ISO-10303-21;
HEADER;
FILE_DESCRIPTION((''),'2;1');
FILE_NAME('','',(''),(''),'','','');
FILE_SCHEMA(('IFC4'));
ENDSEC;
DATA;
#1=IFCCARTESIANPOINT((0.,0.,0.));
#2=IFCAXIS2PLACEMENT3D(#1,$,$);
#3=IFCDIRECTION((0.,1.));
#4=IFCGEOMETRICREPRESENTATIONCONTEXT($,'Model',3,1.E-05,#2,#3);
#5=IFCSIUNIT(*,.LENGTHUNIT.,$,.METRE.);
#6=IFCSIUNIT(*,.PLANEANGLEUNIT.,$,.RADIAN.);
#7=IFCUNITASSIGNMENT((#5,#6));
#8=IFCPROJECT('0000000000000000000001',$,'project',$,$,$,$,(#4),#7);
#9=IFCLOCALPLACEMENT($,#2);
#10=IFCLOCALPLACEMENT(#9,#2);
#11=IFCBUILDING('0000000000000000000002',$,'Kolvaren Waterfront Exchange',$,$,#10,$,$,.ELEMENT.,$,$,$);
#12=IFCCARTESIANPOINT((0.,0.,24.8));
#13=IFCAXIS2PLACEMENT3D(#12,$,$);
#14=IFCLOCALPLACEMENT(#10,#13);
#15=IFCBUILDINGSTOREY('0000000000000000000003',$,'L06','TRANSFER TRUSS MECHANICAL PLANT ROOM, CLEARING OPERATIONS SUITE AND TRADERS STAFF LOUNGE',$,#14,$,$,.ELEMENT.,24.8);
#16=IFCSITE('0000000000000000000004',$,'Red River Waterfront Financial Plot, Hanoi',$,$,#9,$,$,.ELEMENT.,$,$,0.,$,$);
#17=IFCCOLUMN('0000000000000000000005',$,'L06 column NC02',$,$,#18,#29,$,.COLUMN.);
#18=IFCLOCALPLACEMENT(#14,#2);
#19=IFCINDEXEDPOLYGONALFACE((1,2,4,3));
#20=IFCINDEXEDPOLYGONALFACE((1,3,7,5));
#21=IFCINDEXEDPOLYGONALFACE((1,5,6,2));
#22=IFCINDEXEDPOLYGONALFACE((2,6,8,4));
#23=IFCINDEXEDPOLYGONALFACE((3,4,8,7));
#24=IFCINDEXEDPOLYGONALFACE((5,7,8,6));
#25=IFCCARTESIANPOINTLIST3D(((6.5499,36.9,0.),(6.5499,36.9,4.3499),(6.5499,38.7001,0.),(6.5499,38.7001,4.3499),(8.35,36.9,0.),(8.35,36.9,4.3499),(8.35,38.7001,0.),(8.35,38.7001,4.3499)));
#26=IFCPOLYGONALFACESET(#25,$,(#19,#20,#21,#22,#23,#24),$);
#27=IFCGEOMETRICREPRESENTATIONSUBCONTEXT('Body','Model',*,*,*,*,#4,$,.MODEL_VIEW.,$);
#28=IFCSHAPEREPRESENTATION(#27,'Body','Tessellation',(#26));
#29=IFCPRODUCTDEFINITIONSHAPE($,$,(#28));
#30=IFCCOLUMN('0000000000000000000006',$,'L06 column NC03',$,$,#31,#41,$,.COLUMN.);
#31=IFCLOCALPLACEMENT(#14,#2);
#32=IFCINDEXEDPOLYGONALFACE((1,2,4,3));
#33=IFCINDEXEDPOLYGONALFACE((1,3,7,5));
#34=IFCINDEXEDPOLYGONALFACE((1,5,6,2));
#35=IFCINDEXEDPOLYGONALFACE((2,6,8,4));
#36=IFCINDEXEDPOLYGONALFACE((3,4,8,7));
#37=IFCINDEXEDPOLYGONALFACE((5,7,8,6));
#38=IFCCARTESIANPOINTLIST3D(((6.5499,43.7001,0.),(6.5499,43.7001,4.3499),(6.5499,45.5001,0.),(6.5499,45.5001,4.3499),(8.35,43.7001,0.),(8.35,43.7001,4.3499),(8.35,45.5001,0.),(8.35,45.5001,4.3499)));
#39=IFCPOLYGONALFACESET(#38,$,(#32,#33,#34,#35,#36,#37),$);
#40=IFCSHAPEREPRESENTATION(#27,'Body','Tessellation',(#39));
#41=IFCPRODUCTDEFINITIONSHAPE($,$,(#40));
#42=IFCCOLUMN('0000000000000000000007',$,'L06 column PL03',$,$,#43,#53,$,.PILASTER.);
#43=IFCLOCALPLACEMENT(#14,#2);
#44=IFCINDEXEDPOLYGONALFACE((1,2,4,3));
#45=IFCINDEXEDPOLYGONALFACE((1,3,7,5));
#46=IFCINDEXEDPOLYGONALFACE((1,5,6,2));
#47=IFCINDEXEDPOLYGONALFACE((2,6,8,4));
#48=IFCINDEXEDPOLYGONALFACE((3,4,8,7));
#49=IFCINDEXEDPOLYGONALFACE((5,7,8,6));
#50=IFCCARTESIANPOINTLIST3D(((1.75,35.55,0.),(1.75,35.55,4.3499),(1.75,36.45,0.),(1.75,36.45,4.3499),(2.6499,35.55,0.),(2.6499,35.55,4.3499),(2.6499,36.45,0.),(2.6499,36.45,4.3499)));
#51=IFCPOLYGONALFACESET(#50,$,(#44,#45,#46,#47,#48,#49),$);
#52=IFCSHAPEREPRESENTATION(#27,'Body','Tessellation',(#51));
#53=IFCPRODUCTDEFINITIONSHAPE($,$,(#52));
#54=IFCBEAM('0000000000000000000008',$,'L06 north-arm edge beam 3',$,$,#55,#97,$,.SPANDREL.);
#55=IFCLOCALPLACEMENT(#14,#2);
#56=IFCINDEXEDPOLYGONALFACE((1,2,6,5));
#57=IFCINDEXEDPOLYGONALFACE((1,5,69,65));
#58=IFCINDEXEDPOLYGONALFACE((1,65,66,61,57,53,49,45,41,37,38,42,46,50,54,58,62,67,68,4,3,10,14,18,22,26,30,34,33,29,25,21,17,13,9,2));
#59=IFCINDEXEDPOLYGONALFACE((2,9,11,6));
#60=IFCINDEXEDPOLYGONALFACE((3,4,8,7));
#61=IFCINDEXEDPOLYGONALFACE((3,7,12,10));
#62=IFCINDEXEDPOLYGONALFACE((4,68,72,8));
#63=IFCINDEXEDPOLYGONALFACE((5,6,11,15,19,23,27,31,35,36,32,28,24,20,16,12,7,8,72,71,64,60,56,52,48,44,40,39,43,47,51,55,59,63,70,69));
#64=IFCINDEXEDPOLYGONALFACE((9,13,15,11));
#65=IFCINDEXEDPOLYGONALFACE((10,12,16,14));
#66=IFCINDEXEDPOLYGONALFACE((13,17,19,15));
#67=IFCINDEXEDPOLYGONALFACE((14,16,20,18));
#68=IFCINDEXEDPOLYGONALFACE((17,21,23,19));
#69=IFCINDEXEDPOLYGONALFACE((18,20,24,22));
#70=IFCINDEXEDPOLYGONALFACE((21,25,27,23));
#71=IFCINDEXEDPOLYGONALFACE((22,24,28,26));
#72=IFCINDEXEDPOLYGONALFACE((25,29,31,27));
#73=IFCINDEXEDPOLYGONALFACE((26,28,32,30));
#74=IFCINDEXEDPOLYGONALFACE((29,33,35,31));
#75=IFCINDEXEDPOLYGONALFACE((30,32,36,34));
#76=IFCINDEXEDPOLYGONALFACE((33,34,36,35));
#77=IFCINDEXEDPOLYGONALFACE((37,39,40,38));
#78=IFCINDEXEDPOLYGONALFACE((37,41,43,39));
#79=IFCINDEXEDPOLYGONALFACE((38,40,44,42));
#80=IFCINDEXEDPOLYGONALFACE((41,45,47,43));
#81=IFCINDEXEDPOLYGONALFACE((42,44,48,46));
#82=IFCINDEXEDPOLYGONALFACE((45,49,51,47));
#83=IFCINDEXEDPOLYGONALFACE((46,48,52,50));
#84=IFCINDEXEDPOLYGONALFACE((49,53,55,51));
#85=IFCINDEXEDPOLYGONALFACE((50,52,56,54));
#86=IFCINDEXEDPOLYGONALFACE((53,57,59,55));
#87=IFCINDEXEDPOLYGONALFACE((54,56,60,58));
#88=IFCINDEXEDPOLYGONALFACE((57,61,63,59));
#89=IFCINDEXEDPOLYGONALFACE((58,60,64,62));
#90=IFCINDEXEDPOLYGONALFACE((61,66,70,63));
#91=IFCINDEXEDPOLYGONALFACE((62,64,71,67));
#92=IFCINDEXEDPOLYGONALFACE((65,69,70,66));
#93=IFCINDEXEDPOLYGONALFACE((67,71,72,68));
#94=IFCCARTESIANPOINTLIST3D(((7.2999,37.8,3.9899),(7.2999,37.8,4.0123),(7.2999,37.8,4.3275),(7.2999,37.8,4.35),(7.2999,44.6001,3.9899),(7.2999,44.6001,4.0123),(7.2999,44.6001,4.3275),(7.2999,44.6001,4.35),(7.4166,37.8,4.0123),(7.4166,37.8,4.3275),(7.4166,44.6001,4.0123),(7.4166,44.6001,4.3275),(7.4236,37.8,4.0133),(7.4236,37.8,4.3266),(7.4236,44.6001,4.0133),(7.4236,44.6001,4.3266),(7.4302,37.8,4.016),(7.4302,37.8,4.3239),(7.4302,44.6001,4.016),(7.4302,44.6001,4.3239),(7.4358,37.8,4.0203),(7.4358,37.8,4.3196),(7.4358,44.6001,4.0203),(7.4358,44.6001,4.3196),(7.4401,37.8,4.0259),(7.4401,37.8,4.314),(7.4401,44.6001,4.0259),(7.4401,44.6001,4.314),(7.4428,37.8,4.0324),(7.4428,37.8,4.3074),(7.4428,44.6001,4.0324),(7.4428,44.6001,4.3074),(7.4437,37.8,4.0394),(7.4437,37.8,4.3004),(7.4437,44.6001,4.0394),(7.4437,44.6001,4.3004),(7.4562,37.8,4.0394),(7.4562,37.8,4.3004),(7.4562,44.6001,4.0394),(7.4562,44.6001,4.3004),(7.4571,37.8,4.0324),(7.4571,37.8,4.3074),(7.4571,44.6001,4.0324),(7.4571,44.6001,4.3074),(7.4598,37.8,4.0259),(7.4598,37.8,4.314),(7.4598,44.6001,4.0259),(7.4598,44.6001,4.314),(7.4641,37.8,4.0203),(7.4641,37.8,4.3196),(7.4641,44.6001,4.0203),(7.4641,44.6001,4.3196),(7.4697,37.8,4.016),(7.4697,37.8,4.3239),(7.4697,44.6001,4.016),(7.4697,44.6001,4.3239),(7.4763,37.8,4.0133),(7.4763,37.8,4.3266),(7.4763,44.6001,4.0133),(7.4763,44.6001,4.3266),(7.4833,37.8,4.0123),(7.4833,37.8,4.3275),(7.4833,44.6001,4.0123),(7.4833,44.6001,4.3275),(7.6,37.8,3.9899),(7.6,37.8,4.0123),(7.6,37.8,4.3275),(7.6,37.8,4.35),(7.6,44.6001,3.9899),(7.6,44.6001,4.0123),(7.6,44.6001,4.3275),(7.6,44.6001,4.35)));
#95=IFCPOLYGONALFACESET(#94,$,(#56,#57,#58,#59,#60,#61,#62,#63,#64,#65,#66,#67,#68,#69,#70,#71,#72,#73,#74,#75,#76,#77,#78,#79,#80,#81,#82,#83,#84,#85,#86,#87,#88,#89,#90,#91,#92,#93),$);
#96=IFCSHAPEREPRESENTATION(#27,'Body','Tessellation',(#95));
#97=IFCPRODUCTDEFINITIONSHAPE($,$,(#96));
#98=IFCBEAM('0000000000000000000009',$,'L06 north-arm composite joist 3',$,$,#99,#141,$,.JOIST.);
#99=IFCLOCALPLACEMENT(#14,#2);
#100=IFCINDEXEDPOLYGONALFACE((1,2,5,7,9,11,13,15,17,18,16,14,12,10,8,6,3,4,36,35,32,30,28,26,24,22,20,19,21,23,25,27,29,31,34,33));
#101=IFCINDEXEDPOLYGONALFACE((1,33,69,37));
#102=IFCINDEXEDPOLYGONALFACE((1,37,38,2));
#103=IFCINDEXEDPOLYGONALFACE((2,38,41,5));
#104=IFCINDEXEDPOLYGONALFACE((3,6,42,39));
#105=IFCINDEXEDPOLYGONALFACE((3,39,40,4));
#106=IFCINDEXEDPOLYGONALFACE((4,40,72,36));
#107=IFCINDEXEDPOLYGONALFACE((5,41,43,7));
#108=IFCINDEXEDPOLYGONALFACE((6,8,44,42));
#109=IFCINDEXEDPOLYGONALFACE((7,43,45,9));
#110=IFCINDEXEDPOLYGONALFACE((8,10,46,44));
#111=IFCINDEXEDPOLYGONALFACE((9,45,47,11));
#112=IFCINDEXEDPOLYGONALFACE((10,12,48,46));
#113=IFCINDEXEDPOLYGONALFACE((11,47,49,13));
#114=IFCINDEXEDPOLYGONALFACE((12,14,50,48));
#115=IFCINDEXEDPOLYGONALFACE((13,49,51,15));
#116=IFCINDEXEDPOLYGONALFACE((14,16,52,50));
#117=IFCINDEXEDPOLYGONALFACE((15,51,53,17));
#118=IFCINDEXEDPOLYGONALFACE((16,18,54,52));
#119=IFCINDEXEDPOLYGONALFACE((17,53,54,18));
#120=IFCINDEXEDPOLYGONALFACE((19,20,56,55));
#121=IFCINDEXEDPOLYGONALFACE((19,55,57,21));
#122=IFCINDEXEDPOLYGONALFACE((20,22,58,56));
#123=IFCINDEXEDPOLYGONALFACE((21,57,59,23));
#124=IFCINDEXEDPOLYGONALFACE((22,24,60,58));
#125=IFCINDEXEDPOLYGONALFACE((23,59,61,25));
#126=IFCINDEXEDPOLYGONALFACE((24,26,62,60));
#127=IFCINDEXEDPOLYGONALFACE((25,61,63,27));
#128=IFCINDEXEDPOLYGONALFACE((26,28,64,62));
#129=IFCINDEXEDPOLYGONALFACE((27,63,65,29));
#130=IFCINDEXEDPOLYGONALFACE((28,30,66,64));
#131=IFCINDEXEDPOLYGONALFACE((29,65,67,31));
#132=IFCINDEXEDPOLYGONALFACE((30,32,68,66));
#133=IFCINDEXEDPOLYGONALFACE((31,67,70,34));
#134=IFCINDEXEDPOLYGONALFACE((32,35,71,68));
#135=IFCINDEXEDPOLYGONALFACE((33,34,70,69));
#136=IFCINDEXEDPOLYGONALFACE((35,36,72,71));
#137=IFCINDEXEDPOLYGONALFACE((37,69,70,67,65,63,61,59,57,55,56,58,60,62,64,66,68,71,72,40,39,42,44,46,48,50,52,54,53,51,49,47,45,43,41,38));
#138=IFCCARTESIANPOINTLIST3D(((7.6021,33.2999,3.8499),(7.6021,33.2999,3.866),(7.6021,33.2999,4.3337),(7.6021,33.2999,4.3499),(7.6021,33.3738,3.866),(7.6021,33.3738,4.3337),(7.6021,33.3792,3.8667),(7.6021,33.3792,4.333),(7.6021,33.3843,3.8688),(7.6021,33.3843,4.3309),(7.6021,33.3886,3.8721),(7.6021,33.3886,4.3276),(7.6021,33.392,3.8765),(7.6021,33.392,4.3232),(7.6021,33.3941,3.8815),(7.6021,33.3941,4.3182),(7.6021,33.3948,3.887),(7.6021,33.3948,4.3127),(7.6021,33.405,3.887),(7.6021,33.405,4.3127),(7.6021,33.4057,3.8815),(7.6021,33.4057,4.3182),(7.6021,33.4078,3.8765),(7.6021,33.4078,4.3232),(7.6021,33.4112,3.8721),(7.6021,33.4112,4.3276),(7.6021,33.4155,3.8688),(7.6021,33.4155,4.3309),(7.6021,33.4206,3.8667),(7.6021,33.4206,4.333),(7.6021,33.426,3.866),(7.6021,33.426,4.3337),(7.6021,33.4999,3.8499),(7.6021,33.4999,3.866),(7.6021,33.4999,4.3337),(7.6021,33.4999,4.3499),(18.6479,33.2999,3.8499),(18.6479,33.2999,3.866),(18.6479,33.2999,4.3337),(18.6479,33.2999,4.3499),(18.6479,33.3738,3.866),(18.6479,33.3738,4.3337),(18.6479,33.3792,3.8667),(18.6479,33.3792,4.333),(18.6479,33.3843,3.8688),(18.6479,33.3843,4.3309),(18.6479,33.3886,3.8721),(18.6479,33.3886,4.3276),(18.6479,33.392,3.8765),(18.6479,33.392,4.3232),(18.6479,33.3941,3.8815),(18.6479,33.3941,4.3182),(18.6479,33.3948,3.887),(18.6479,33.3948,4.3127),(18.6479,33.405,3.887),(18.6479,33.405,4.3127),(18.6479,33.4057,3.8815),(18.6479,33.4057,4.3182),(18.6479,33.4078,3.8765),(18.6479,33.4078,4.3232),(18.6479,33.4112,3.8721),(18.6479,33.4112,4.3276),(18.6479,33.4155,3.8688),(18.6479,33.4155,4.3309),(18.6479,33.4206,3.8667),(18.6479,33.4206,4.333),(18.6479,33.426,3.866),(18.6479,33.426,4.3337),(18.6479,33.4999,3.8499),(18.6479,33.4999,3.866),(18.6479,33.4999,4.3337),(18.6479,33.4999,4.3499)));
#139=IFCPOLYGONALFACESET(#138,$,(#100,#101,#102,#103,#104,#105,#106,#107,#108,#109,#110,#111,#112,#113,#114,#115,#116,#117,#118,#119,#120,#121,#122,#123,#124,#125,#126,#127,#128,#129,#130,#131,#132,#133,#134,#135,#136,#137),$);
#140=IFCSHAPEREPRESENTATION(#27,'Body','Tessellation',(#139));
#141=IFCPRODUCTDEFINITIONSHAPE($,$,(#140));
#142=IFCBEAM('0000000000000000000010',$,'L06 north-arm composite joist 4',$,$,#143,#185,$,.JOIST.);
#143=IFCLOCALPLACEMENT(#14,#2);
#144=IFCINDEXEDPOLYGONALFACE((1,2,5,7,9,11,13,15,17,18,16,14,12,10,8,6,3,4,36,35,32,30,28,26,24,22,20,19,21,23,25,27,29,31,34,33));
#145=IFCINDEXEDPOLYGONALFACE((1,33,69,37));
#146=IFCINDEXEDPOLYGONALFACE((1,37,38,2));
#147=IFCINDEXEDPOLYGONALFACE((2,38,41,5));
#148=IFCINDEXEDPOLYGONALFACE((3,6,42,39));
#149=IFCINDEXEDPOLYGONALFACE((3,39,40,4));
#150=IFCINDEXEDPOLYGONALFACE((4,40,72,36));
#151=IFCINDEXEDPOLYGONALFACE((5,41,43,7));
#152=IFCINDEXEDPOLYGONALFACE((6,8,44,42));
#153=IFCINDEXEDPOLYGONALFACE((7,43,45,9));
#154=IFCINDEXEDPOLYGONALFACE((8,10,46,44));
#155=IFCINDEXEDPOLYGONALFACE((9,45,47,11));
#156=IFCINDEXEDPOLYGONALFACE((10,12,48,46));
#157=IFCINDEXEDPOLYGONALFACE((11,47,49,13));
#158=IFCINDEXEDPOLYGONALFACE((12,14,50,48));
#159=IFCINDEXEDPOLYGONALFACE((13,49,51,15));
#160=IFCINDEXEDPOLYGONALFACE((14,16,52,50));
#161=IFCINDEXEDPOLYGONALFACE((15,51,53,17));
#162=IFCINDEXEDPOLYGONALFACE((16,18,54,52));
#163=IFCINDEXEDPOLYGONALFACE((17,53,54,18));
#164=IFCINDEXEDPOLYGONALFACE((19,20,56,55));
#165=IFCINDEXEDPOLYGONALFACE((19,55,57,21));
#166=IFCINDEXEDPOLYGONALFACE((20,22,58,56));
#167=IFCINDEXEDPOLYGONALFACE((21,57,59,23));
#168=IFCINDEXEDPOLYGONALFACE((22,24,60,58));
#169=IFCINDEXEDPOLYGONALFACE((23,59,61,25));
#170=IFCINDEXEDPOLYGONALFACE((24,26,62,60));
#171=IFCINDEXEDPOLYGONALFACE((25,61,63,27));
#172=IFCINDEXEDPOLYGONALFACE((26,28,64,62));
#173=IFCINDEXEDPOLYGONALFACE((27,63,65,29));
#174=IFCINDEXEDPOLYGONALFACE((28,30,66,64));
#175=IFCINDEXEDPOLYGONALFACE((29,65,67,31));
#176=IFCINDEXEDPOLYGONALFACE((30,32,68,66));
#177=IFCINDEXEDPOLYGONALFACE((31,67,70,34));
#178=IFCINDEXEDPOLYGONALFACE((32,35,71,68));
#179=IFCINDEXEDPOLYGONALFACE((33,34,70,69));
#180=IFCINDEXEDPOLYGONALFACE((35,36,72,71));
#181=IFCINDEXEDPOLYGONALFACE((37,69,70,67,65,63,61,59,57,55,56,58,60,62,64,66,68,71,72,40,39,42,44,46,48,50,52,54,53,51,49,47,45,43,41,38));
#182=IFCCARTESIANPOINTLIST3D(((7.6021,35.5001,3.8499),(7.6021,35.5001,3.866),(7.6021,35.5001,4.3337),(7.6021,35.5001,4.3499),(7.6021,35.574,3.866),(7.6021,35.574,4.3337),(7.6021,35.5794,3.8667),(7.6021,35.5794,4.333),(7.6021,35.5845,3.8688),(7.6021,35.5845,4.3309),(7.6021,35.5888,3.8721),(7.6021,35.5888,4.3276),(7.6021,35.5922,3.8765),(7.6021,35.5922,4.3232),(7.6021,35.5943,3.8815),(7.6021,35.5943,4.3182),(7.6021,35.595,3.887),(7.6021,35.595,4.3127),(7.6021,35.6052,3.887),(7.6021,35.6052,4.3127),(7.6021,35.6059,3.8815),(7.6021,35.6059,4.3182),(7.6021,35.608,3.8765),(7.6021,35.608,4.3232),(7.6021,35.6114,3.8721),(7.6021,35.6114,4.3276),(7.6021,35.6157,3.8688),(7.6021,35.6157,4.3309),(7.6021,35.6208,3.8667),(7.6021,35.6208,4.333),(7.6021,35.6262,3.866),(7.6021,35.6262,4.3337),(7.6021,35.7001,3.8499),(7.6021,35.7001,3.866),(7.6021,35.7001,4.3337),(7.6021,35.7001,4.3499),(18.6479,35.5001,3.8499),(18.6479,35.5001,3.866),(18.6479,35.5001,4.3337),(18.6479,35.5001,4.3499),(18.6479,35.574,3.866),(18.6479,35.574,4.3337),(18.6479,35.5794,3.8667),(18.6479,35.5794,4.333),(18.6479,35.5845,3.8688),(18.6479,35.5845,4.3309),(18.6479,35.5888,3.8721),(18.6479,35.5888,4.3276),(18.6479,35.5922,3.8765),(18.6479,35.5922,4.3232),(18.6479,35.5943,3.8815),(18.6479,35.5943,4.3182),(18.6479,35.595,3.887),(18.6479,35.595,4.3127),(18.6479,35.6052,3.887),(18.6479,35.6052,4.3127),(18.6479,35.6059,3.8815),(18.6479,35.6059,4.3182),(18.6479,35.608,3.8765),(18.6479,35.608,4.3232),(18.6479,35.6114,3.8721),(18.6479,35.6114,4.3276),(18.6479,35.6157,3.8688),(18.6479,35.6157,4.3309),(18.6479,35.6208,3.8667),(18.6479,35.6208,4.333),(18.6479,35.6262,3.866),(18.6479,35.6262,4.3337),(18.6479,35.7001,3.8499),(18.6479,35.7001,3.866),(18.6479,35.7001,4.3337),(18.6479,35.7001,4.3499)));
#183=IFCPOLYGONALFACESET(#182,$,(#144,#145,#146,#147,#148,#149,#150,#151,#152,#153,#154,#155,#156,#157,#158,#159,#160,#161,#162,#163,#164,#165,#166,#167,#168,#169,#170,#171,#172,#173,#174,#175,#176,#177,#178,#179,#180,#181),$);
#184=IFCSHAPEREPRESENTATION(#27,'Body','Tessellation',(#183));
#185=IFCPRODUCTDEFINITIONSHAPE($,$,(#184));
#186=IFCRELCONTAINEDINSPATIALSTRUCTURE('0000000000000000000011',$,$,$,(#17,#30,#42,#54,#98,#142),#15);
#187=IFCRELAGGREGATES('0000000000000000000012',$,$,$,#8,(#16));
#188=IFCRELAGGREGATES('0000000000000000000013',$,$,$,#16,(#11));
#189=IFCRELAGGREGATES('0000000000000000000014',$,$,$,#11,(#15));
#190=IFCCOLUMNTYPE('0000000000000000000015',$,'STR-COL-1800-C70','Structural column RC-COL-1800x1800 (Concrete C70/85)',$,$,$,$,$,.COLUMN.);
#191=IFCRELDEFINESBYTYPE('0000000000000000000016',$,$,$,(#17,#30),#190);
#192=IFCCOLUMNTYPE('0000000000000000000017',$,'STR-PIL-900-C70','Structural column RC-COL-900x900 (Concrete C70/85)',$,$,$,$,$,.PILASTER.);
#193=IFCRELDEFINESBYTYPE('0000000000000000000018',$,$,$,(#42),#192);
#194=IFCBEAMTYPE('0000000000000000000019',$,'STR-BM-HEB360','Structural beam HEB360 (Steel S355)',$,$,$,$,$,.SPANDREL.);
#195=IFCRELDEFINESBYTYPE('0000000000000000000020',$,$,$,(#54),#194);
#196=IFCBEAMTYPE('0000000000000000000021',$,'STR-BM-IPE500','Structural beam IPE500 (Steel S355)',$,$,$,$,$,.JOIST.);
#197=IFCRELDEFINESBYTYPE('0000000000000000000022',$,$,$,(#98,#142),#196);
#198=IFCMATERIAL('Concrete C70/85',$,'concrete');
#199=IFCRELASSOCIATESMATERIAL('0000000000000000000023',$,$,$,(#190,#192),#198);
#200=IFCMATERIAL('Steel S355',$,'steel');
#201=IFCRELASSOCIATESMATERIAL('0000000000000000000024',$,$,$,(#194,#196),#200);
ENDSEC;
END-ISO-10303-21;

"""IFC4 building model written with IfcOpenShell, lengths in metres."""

from ifc_helpers import new_model, si_unit, direction, frame, origin, origin_2d, place, context, subcontext, project, spatial, rectangle, i_section, extrude, material, material_profile, profile_set, type_object, element, save


model = new_model("IFC4")

# Units and contexts
model_context = context("Model", 3, precision=1e-05, world=origin(), true_north=direction((0.0, 1.0)))
body_context = subcontext(model_context, "Body", "Model", "MODEL_VIEW")
ifc_project = project(units=[si_unit("LENGTHUNIT", "METRE"), si_unit("PLANEANGLEUNIT", "RADIAN")], contexts=[model_context])

# Site, building, storey
site_placement = place(None, origin())
site = spatial("IfcSite", under=ifc_project, at=site_placement, Name="Red River Waterfront Financial Plot, Hanoi", CompositionType="ELEMENT", RefElevation=0.0)
building_placement = place(site_placement, origin())
building = spatial("IfcBuilding", under=site, at=building_placement, Name="Kolvaren Waterfront Exchange", CompositionType="ELEMENT")
storey_placement = place(building_placement, frame((0.0, 0.0, 24.8)))
storey = spatial("IfcBuildingStorey", under=building, at=storey_placement, Name="L06", Description="TRANSFER TRUSS MECHANICAL PLANT ROOM, CLEARING OPERATIONS SUITE AND TRADERS STAFF LOUNGE", CompositionType="ELEMENT", Elevation=24.8)

# Columns
ifc_material_1 = material(Name="Concrete C70/85", Category="concrete")
ifc_material_profile_1 = material_profile(ifc_material_1, rectangle(XDim=1.8, YDim=1.8, at=origin_2d()), Name="RC-COL-1800x1800")
ifc_profile_set_1 = profile_set([ifc_material_profile_1], Name="Concrete C70/85")
column_type_1 = type_object("IfcColumnType", Name="STR-COL-1800-C70", Description="Structural column RC-COL-1800x1800 (Concrete C70/85)", PredefinedType="COLUMN", material=ifc_profile_set_1)
for number, where, z_axis, x_axis, name in (
    (1, (7.45, 37.8, 0.0), (0.0, 0.0, 1.0), (1.0, 0.0, 0.0), "L06 column NC02"),
    (2, (7.45, 44.6001, 0.0), (0.0, 0.0, 1.0), (1.0, 0.0, 0.0), "L06 column NC03"),
):
    element("IfcColumn", number, at=place(storey_placement, frame(where, z_axis=z_axis, x_axis=x_axis)), inside=storey, type_object=column_type_1, Name=name, PredefinedType="COLUMN", context=body_context, shape_type="SweptSolid", body=[
        extrude(rectangle(XDim=1.8, YDim=1.8, at=origin_2d()), origin(), (0.0, 0.0, 1.0), 4.3499),
    ])
ifc_material_profile_2 = material_profile(ifc_material_1, rectangle(XDim=0.8999, YDim=0.8999, at=origin_2d()), Name="RC-COL-900x900")
ifc_profile_set_2 = profile_set([ifc_material_profile_2], Name="Concrete C70/85")
column_type_2 = type_object("IfcColumnType", Name="STR-PIL-900-C70", Description="Structural column RC-COL-900x900 (Concrete C70/85)", PredefinedType="PILASTER", material=ifc_profile_set_2)
column_placement = place(storey_placement, frame((2.2, 36.0, 0.0), z_axis=(0.0, 0.0, 1.0), x_axis=(1.0, 0.0, 0.0)))
element("IfcColumn", 3, at=column_placement, inside=storey, type_object=column_type_2, Name="L06 column PL03", PredefinedType="PILASTER", context=body_context, shape_type="SweptSolid", body=[
    extrude(rectangle(XDim=0.8999, YDim=0.8999, at=origin_2d()), origin(), (0.0, 0.0, 1.0), 4.3499),
])

# Beams
ifc_material_2 = material(Name="Steel S355", Category="steel")
ifc_material_profile_3 = material_profile(ifc_material_2, i_section(OverallWidth=0.3, OverallDepth=0.3601, WebThickness=0.0125, FlangeThickness=0.0225, FilletRadius=0.0271, at=origin_2d()), Name="HEB360")
ifc_profile_set_3 = profile_set([ifc_material_profile_3], Name="Steel S355")
beam_type_1 = type_object("IfcBeamType", Name="STR-BM-HEB360", Description="Structural beam HEB360 (Steel S355)", PredefinedType="SPANDREL", material=ifc_profile_set_3)
beam_placement = place(storey_placement, frame((7.45, 37.8, 4.1699), z_axis=(0.0, 1.0, 0.0), x_axis=(-1.0, 0.0, 0.0)))
element("IfcBeam", 4, at=beam_placement, inside=storey, type_object=beam_type_1, Name="L06 north-arm edge beam 3", PredefinedType="SPANDREL", context=body_context, shape_type="SweptSolid", body=[
    extrude(i_section(OverallWidth=0.3, OverallDepth=0.3601, WebThickness=0.0125, FlangeThickness=0.0225, FilletRadius=0.0271, at=origin_2d()), origin(), (0.0, 0.0, 1.0), 6.8),
])
ifc_material_profile_4 = material_profile(ifc_material_2, i_section(OverallWidth=0.2, OverallDepth=0.5, WebThickness=0.0103, FlangeThickness=0.0161, FilletRadius=0.021, at=origin_2d()), Name="IPE500")
ifc_profile_set_4 = profile_set([ifc_material_profile_4], Name="Steel S355")
beam_type_2 = type_object("IfcBeamType", Name="STR-BM-IPE500", Description="Structural beam IPE500 (Steel S355)", PredefinedType="JOIST", material=ifc_profile_set_4)
for number, where, z_axis, x_axis, name in (
    (5, (7.6021, 33.3999, 4.0999), (1.0, 0.0, 0.0), (0.0, 1.0, 0.0), "L06 north-arm composite joist 3"),
    (6, (7.6021, 35.6001, 4.0999), (1.0, 0.0, 0.0), (0.0, 1.0, 0.0), "L06 north-arm composite joist 4"),
):
    element("IfcBeam", number, at=place(storey_placement, frame(where, z_axis=z_axis, x_axis=x_axis)), inside=storey, type_object=beam_type_2, Name=name, PredefinedType="JOIST", context=body_context, shape_type="SweptSolid", body=[
        extrude(i_section(OverallWidth=0.2, OverallDepth=0.5, WebThickness=0.0103, FlangeThickness=0.0161, FilletRadius=0.021, at=origin_2d()), origin(), (0.0, 0.0, 1.0), 11.0459),
    ])

save(model, "model.ifc")
